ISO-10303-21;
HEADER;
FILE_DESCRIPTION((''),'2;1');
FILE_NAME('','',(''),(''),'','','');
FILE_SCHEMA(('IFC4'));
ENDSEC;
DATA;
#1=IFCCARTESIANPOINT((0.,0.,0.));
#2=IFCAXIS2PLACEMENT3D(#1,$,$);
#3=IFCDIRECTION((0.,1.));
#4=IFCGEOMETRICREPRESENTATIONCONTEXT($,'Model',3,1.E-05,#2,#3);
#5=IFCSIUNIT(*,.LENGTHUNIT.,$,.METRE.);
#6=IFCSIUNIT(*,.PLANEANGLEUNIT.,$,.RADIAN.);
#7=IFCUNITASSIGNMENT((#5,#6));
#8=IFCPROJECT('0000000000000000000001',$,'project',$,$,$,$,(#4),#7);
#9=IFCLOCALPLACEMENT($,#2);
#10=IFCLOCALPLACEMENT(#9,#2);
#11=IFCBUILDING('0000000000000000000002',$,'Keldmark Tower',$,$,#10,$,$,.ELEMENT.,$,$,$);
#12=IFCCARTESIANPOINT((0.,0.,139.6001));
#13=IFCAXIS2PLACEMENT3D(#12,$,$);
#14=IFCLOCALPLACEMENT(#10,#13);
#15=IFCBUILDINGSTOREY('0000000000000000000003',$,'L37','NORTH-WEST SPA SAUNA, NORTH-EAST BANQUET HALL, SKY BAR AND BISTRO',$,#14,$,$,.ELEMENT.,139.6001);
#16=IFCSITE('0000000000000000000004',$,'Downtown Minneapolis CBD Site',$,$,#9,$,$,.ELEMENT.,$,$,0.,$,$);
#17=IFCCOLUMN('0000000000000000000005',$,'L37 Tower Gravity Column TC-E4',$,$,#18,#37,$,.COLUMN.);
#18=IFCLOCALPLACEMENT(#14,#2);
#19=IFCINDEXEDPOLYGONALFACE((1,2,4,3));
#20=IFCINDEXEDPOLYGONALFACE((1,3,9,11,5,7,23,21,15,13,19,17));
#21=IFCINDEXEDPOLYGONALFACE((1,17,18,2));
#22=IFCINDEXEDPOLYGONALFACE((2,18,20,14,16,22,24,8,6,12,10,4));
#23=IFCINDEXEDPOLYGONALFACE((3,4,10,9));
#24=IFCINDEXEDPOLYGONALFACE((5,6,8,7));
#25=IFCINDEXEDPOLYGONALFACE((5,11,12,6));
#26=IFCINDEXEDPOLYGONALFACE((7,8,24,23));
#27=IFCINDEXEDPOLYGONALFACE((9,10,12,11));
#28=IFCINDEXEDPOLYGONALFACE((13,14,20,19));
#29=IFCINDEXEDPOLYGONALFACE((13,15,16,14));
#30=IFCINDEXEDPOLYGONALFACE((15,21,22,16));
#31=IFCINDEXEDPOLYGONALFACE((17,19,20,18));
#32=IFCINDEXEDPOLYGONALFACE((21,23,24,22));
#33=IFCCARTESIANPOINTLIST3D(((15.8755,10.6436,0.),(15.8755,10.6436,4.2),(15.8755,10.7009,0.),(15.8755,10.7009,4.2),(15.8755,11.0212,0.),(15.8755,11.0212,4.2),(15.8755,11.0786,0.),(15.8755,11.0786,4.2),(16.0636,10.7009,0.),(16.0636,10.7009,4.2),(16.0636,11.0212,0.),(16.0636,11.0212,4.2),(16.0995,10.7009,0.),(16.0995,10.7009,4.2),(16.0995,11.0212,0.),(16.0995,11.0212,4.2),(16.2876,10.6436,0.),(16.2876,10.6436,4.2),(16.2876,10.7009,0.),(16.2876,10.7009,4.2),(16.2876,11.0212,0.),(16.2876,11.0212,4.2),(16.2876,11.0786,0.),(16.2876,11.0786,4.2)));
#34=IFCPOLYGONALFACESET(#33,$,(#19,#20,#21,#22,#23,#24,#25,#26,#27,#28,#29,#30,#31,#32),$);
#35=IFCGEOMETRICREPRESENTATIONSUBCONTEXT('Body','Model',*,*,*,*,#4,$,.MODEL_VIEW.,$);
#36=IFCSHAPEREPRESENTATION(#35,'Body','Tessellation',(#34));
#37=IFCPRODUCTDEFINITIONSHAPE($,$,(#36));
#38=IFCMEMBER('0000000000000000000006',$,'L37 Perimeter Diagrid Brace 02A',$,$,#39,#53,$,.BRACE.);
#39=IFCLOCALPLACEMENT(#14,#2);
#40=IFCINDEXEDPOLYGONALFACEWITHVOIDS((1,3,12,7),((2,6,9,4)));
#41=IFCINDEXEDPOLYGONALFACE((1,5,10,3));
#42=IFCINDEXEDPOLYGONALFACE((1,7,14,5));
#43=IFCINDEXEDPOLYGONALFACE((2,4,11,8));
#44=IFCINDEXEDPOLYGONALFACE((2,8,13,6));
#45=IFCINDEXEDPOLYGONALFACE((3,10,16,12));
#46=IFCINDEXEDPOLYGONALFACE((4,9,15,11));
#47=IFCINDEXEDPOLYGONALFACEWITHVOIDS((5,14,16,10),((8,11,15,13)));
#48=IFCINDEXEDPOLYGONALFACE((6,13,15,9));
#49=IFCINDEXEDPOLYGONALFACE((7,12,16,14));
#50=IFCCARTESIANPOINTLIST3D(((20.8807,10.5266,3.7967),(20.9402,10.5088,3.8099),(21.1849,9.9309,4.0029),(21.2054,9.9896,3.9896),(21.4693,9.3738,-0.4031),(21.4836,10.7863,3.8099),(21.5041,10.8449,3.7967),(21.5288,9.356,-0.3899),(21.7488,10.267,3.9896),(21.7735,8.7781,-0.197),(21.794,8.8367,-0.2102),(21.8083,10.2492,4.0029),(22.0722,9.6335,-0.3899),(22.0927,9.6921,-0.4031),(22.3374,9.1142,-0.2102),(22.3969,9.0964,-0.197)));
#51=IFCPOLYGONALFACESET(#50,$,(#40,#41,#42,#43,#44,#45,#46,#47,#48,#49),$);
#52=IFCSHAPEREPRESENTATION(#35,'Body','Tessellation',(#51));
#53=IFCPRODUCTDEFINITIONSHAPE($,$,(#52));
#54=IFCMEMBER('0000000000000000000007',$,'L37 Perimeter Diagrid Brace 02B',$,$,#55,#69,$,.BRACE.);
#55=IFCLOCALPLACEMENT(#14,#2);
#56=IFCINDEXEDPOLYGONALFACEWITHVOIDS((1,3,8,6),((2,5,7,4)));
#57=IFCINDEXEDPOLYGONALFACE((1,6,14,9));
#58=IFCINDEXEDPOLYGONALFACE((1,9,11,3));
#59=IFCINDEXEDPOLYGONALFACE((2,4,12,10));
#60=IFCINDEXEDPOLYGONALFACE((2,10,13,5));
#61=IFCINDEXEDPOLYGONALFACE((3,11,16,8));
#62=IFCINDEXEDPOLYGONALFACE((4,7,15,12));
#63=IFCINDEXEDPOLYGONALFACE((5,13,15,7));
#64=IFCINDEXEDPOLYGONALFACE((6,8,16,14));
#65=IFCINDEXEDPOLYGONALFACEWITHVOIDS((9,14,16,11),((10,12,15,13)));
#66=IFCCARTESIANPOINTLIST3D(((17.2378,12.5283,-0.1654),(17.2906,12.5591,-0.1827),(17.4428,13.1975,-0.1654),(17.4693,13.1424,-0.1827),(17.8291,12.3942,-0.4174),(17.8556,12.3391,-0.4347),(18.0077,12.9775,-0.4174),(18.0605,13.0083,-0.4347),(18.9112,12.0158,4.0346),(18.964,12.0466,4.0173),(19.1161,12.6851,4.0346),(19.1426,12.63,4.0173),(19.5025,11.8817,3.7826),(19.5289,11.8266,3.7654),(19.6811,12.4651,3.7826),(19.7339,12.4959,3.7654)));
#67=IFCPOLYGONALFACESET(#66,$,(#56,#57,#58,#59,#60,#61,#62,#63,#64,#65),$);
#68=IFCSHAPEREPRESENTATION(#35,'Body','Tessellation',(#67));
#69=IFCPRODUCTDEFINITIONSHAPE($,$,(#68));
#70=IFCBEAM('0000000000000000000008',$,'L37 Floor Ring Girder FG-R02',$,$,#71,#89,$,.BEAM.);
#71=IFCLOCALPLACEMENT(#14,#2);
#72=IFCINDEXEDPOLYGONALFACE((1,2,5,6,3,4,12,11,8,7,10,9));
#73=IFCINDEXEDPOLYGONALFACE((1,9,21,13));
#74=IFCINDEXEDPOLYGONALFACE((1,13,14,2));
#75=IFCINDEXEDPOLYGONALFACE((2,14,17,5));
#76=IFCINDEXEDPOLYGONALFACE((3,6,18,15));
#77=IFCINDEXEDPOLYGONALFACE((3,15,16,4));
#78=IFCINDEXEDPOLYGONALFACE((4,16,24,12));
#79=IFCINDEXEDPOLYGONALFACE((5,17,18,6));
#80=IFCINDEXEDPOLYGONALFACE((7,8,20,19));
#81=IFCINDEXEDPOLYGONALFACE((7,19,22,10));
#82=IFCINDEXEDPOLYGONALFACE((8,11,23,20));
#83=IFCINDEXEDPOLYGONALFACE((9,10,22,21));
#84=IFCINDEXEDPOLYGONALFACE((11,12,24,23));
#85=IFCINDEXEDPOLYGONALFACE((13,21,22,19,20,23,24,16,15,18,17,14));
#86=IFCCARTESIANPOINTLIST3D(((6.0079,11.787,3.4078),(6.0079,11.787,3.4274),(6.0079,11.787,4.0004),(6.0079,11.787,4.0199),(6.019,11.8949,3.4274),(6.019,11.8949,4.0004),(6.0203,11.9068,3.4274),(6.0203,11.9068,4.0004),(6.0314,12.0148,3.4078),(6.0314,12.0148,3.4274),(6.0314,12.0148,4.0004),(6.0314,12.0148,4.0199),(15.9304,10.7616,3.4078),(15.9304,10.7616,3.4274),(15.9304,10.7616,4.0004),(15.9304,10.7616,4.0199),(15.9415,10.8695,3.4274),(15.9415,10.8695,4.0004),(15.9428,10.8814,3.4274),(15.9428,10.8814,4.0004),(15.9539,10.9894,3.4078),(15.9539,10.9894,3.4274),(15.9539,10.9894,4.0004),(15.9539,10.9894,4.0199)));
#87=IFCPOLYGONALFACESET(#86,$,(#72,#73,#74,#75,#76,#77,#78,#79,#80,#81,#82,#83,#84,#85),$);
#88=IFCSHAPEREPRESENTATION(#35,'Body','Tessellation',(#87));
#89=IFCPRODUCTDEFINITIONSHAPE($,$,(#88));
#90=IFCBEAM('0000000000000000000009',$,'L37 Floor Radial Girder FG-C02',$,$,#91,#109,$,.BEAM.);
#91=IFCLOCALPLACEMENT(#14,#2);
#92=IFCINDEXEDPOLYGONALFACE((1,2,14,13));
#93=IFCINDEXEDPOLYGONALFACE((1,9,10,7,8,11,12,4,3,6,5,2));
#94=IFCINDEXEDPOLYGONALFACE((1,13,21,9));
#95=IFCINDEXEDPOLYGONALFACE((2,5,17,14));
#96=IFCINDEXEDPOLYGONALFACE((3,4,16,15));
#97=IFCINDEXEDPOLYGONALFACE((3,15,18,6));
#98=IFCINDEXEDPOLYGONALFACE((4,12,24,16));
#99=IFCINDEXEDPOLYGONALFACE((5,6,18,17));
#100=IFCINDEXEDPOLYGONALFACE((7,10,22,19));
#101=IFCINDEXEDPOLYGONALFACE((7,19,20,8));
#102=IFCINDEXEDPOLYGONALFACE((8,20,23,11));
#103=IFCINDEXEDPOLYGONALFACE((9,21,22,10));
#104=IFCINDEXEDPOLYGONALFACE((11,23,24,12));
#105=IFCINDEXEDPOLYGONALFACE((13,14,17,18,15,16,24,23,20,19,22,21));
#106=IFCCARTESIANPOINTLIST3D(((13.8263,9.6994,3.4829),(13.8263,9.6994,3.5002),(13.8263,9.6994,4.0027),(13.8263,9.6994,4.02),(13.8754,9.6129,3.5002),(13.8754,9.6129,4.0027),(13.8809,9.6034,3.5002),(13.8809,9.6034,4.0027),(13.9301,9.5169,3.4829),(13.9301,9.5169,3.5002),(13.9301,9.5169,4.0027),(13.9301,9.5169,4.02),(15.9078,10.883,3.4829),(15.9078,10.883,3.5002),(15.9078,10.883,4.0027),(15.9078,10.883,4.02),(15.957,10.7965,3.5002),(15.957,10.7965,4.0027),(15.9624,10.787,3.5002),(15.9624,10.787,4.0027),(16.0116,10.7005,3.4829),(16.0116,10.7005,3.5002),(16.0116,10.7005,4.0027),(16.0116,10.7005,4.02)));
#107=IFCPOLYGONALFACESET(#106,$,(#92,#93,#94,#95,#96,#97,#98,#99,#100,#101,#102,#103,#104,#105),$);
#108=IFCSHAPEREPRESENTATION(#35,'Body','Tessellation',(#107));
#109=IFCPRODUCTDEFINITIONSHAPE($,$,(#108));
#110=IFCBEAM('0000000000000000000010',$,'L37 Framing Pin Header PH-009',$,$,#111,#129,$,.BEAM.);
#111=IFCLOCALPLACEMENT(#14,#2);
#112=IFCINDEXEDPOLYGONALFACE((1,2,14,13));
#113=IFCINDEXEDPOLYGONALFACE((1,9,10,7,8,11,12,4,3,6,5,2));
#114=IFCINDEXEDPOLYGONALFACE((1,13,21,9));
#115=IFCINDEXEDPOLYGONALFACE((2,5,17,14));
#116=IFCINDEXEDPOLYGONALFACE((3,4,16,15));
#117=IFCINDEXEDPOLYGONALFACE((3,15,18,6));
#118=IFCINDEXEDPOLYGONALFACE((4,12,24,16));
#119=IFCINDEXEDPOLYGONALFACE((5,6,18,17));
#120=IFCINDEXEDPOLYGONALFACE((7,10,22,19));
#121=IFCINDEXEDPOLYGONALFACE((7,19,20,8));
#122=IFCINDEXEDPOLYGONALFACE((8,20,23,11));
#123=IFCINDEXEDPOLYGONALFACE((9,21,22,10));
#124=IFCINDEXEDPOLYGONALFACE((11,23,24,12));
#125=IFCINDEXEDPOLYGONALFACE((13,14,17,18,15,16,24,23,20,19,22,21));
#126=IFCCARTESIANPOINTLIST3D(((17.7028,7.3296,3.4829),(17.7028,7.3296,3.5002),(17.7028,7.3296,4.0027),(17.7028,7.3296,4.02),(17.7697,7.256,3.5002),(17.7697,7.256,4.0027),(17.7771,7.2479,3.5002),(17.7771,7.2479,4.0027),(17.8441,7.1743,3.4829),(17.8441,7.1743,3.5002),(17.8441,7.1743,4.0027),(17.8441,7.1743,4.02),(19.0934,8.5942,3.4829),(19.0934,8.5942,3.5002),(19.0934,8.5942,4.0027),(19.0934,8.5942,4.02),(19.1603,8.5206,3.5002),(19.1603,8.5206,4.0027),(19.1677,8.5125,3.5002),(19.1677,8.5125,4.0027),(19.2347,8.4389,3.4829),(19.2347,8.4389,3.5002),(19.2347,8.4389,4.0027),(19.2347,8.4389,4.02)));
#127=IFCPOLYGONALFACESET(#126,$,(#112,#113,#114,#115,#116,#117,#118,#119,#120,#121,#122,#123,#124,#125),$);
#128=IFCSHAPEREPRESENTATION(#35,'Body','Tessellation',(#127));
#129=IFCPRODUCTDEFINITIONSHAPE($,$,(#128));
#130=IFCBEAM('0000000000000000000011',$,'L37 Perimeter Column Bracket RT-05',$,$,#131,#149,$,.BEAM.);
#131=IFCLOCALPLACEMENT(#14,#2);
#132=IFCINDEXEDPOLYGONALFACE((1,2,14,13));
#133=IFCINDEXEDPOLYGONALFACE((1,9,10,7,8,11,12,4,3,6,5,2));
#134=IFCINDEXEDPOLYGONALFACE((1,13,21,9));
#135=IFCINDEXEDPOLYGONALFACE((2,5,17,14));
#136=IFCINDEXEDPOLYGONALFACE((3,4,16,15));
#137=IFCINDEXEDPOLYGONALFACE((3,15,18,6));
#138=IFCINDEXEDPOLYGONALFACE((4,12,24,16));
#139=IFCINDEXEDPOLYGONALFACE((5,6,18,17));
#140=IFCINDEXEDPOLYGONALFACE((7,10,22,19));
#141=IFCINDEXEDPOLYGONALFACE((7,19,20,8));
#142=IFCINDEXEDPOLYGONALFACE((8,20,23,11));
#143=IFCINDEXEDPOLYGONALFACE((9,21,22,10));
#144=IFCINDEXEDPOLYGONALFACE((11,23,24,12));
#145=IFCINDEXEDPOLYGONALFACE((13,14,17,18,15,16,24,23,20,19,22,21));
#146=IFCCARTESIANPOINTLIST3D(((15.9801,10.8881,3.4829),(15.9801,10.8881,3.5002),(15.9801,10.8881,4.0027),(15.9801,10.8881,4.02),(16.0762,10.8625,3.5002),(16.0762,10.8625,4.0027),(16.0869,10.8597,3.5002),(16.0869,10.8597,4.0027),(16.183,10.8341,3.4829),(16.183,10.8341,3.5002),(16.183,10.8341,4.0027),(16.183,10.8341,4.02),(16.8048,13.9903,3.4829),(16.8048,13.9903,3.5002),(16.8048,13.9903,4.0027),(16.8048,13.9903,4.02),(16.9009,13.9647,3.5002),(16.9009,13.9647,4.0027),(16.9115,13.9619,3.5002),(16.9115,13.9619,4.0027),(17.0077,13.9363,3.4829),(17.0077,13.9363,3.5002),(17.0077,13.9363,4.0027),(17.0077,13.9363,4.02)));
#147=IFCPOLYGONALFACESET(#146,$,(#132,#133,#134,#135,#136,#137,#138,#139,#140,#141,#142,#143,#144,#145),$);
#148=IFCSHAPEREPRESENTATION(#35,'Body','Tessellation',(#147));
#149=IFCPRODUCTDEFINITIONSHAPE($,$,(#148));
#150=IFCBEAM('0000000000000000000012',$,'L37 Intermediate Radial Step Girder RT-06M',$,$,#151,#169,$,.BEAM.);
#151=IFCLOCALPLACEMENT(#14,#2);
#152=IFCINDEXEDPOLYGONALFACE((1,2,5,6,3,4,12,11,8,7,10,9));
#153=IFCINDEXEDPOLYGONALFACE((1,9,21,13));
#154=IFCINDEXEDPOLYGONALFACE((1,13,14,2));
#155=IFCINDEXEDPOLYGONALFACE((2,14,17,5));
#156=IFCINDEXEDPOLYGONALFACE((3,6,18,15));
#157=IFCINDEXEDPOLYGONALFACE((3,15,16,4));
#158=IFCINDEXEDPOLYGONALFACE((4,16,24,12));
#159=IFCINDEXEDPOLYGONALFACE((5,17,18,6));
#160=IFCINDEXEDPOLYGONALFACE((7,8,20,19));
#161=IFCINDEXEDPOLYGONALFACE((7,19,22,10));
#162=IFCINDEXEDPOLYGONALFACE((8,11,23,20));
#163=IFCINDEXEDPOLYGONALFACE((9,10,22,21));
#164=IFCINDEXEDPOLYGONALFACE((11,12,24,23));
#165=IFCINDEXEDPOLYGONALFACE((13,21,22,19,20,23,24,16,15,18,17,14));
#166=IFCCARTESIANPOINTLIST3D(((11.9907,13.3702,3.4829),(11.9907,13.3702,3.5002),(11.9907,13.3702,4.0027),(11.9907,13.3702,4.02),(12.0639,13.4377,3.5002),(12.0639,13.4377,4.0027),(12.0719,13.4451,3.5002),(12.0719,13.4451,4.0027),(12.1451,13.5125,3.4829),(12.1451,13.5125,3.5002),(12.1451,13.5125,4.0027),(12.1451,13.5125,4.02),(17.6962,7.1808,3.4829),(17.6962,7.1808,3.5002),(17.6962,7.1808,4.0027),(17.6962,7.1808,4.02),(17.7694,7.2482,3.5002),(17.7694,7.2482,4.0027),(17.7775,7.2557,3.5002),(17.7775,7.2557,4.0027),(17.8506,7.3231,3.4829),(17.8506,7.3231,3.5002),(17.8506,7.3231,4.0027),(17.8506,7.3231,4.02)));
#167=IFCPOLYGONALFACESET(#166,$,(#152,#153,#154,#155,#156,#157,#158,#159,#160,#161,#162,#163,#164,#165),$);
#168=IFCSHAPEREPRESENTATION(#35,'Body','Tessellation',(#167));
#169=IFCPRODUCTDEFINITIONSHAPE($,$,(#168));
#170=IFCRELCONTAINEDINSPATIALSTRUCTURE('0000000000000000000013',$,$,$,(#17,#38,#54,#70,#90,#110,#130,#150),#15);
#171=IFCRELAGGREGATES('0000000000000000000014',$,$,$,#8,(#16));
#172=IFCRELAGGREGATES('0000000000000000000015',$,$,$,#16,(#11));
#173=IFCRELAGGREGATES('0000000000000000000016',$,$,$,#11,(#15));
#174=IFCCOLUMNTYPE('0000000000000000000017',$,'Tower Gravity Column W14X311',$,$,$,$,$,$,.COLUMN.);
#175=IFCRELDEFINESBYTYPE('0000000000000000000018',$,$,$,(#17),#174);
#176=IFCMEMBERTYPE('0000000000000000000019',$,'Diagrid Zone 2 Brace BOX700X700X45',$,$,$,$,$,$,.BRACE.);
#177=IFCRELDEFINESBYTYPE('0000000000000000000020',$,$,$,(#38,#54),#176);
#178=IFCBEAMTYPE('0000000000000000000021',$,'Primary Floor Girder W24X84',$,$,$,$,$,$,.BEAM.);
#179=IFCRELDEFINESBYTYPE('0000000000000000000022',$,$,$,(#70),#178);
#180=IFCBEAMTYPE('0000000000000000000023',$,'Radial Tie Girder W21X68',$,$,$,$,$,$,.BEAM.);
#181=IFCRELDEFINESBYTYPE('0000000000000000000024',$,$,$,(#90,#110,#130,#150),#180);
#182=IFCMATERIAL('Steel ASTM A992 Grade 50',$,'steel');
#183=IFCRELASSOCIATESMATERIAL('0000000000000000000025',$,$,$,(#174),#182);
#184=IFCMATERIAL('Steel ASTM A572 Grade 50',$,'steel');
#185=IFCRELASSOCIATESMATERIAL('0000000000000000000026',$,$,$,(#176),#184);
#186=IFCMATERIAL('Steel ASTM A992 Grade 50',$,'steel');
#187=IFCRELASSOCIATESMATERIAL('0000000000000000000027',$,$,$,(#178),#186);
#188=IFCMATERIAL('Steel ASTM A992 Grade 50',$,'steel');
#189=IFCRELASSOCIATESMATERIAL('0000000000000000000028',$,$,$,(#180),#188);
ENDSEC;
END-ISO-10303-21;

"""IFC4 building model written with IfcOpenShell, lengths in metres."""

from ifc_helpers import new_model, si_unit, direction, frame, origin, origin_2d, place, context, subcontext, project, spatial, hollow_rectangle, i_section, extrude, material, material_profile, profile_set, type_object, element, save


model = new_model("IFC4")

# Units and contexts
model_context = context("Model", 3, precision=1e-05, world=origin(), true_north=direction((0.0, 1.0)))
body_context = subcontext(model_context, "Body", "Model", "MODEL_VIEW")
ifc_project = project(units=[si_unit("LENGTHUNIT", "METRE"), si_unit("PLANEANGLEUNIT", "RADIAN")], contexts=[model_context])

# Site, building, storey
site_placement = place(None, origin())
site = spatial("IfcSite", under=ifc_project, at=site_placement, Name="Downtown Minneapolis CBD Site", CompositionType="ELEMENT", RefElevation=0.0)
building_placement = place(site_placement, origin())
building = spatial("IfcBuilding", under=site, at=building_placement, Name="Keldmark Tower", CompositionType="ELEMENT")
storey_placement = place(building_placement, frame((0.0, 0.0, 139.6001)))
storey = spatial("IfcBuildingStorey", under=building, at=storey_placement, Name="L37", Description="NORTH-WEST SPA SAUNA, NORTH-EAST BANQUET HALL, SKY BAR AND BISTRO", CompositionType="ELEMENT", Elevation=139.6001)

# Column
ifc_material_1 = material(Name="Steel ASTM A992 Grade 50", Category="steel")
ifc_material_profile_1 = material_profile(ifc_material_1, i_section(OverallWidth=0.4121, OverallDepth=0.4351, WebThickness=0.0359, FlangeThickness=0.0574, at=origin_2d()), Name="W14X311")
ifc_profile_set_1 = profile_set([ifc_material_profile_1], Name="Steel ASTM A992 Grade 50")
column_type = type_object("IfcColumnType", Name="Tower Gravity Column W14X311", PredefinedType="COLUMN", material=ifc_profile_set_1)
column_placement = place(storey_placement, frame((16.0815, 10.8611, 0.0), z_axis=(0.0, 0.0, 1.0), x_axis=(1.0, 0.0, 0.0)))
element("IfcColumn", 1, at=column_placement, inside=storey, type_object=column_type, Name="L37 Tower Gravity Column TC-E4", PredefinedType="COLUMN", context=body_context, shape_type="SweptSolid", body=[
    extrude(i_section(OverallWidth=0.4121, OverallDepth=0.4351, WebThickness=0.0359, FlangeThickness=0.0574, at=origin_2d()), origin(), (0.0, 0.0, 1.0), 4.2),
])

# Members
ifc_material_2 = material(Name="Steel ASTM A572 Grade 50", Category="steel")
ifc_material_profile_2 = material_profile(ifc_material_2, hollow_rectangle(XDim=0.7, YDim=0.7, WallThickness=0.0449, at=origin_2d()), Name="BOX700X700X45")
ifc_profile_set_2 = profile_set([ifc_material_profile_2], Name="Steel ASTM A572 Grade 50")
member_type = type_object("IfcMemberType", Name="Diagrid Zone 2 Brace BOX700X700X45", PredefinedType="BRACE", material=ifc_profile_set_2)
member_1_placement = place(storey_placement, frame((21.9331, 9.2351, -0.3), z_axis=(-0.133933, 0.262312, 0.955643), x_axis=(-0.890623, -0.454742, 0.0)))
element("IfcMember", 2, at=member_1_placement, inside=storey, type_object=member_type, Name="L37 Perimeter Diagrid Brace 02A", PredefinedType="BRACE", context=body_context, shape_type="SweptSolid", body=[
    extrude(hollow_rectangle(XDim=0.7, YDim=0.7, WallThickness=0.0449, at=origin_2d()), origin(), (0.0, 0.0, 1.0), 4.3948),
])
member_2_placement = place(storey_placement, frame((17.6492, 12.7683, -0.3), z_axis=(0.367769, -0.112627, 0.923071), x_axis=(0.292821, 0.956167, 0.0)))
element("IfcMember", 3, at=member_2_placement, inside=storey, type_object=member_type, Name="L37 Perimeter Diagrid Brace 02B", PredefinedType="BRACE", context=body_context, shape_type="SweptSolid", body=[
    extrude(hollow_rectangle(XDim=0.7, YDim=0.7, WallThickness=0.0449, at=origin_2d()), origin(), (0.0, 0.0, 1.0), 4.55),
])

# Beams
ifc_material_3 = material(Name="Steel ASTM A992 Grade 50", Category="steel")
ifc_material_profile_3 = material_profile(ifc_material_3, i_section(OverallWidth=0.229, OverallDepth=0.6121, WebThickness=0.012, FlangeThickness=0.0195, at=origin_2d()), Name="W24X84")
ifc_profile_set_3 = profile_set([ifc_material_profile_3], Name="Steel ASTM A992 Grade 50")
beam_type_1 = type_object("IfcBeamType", Name="Primary Floor Girder W24X84", PredefinedType="BEAM", material=ifc_profile_set_3)
beam_1_placement = place(storey_placement, frame((15.9421, 10.8755, 3.7139), z_axis=(-0.994703, 0.102791, 0.0), x_axis=(-0.102791, -0.994703, 0.0)))
element("IfcBeam", 4, at=beam_1_placement, inside=storey, type_object=beam_type_1, Name="L37 Floor Ring Girder FG-R02", PredefinedType="BEAM", context=body_context, shape_type="SweptSolid", body=[
    extrude(i_section(OverallWidth=0.229, OverallDepth=0.6121, WebThickness=0.012, FlangeThickness=0.0195, at=origin_2d()), origin(), (0.0, 0.0, 1.0), 9.9753),
])
ifc_material_4 = material(Name="Steel ASTM A992 Grade 50", Category="steel")
ifc_material_profile_4 = material_profile(ifc_material_4, i_section(OverallWidth=0.21, OverallDepth=0.5371, WebThickness=0.011, FlangeThickness=0.0173, at=origin_2d()), Name="W21X68")
ifc_profile_set_4 = profile_set([ifc_material_profile_4], Name="Steel ASTM A992 Grade 50")
beam_type_2 = type_object("IfcBeamType", Name="Radial Tie Girder W21X68", PredefinedType="BEAM", material=ifc_profile_set_4)
beam_2_placement = place(storey_placement, frame((15.9597, 10.7917, 3.7515), z_axis=(-0.869295, -0.494293, 0.0), x_axis=(0.494293, -0.869295, 0.0)))
element("IfcBeam", 5, at=beam_2_placement, inside=storey, type_object=beam_type_2, Name="L37 Floor Radial Girder FG-C02", PredefinedType="BEAM", context=body_context, shape_type="SweptSolid", body=[
    extrude(i_section(OverallWidth=0.21, OverallDepth=0.5371, WebThickness=0.011, FlangeThickness=0.0173, at=origin_2d()), origin(), (0.0, 0.0, 1.0), 2.3945),
])
beam_3_placement = place(storey_placement, frame((17.7734, 7.252, 3.7515), z_axis=(0.739823, 0.672802, 0.0), x_axis=(-0.672802, 0.739823, 0.0)))
element("IfcBeam", 6, at=beam_3_placement, inside=storey, type_object=beam_type_2, Name="L37 Framing Pin Header PH-009", PredefinedType="BEAM", context=body_context, shape_type="SweptSolid", body=[
    extrude(i_section(OverallWidth=0.21, OverallDepth=0.5371, WebThickness=0.011, FlangeThickness=0.0173, at=origin_2d()), origin(), (0.0, 0.0, 1.0), 1.8796),
])
beam_4_placement = place(storey_placement, frame((16.0815, 10.8611, 3.7515), z_axis=(0.256915, 0.966434, 0.0), x_axis=(-0.966434, 0.256915, 0.0)))
element("IfcBeam", 7, at=beam_4_placement, inside=storey, type_object=beam_type_2, Name="L37 Perimeter Column Bracket RT-05", PredefinedType="BEAM", context=body_context, shape_type="SweptSolid", body=[
    extrude(i_section(OverallWidth=0.21, OverallDepth=0.5371, WebThickness=0.011, FlangeThickness=0.0173, at=origin_2d()), origin(), (0.0, 0.0, 1.0), 3.21),
])
beam_5_placement = place(storey_placement, frame((17.7734, 7.252, 3.7515), z_axis=(-0.677781, 0.735264, 0.0), x_axis=(-0.735264, -0.677781, 0.0)))
element("IfcBeam", 8, at=beam_5_placement, inside=storey, type_object=beam_type_2, Name="L37 Intermediate Radial Step Girder RT-06M", PredefinedType="BEAM", context=body_context, shape_type="SweptSolid", body=[
    extrude(i_section(OverallWidth=0.21, OverallDepth=0.5371, WebThickness=0.011, FlangeThickness=0.0173, at=origin_2d()), origin(), (0.0, 0.0, 1.0), 8.418),
])

save(model, "model.ifc")
